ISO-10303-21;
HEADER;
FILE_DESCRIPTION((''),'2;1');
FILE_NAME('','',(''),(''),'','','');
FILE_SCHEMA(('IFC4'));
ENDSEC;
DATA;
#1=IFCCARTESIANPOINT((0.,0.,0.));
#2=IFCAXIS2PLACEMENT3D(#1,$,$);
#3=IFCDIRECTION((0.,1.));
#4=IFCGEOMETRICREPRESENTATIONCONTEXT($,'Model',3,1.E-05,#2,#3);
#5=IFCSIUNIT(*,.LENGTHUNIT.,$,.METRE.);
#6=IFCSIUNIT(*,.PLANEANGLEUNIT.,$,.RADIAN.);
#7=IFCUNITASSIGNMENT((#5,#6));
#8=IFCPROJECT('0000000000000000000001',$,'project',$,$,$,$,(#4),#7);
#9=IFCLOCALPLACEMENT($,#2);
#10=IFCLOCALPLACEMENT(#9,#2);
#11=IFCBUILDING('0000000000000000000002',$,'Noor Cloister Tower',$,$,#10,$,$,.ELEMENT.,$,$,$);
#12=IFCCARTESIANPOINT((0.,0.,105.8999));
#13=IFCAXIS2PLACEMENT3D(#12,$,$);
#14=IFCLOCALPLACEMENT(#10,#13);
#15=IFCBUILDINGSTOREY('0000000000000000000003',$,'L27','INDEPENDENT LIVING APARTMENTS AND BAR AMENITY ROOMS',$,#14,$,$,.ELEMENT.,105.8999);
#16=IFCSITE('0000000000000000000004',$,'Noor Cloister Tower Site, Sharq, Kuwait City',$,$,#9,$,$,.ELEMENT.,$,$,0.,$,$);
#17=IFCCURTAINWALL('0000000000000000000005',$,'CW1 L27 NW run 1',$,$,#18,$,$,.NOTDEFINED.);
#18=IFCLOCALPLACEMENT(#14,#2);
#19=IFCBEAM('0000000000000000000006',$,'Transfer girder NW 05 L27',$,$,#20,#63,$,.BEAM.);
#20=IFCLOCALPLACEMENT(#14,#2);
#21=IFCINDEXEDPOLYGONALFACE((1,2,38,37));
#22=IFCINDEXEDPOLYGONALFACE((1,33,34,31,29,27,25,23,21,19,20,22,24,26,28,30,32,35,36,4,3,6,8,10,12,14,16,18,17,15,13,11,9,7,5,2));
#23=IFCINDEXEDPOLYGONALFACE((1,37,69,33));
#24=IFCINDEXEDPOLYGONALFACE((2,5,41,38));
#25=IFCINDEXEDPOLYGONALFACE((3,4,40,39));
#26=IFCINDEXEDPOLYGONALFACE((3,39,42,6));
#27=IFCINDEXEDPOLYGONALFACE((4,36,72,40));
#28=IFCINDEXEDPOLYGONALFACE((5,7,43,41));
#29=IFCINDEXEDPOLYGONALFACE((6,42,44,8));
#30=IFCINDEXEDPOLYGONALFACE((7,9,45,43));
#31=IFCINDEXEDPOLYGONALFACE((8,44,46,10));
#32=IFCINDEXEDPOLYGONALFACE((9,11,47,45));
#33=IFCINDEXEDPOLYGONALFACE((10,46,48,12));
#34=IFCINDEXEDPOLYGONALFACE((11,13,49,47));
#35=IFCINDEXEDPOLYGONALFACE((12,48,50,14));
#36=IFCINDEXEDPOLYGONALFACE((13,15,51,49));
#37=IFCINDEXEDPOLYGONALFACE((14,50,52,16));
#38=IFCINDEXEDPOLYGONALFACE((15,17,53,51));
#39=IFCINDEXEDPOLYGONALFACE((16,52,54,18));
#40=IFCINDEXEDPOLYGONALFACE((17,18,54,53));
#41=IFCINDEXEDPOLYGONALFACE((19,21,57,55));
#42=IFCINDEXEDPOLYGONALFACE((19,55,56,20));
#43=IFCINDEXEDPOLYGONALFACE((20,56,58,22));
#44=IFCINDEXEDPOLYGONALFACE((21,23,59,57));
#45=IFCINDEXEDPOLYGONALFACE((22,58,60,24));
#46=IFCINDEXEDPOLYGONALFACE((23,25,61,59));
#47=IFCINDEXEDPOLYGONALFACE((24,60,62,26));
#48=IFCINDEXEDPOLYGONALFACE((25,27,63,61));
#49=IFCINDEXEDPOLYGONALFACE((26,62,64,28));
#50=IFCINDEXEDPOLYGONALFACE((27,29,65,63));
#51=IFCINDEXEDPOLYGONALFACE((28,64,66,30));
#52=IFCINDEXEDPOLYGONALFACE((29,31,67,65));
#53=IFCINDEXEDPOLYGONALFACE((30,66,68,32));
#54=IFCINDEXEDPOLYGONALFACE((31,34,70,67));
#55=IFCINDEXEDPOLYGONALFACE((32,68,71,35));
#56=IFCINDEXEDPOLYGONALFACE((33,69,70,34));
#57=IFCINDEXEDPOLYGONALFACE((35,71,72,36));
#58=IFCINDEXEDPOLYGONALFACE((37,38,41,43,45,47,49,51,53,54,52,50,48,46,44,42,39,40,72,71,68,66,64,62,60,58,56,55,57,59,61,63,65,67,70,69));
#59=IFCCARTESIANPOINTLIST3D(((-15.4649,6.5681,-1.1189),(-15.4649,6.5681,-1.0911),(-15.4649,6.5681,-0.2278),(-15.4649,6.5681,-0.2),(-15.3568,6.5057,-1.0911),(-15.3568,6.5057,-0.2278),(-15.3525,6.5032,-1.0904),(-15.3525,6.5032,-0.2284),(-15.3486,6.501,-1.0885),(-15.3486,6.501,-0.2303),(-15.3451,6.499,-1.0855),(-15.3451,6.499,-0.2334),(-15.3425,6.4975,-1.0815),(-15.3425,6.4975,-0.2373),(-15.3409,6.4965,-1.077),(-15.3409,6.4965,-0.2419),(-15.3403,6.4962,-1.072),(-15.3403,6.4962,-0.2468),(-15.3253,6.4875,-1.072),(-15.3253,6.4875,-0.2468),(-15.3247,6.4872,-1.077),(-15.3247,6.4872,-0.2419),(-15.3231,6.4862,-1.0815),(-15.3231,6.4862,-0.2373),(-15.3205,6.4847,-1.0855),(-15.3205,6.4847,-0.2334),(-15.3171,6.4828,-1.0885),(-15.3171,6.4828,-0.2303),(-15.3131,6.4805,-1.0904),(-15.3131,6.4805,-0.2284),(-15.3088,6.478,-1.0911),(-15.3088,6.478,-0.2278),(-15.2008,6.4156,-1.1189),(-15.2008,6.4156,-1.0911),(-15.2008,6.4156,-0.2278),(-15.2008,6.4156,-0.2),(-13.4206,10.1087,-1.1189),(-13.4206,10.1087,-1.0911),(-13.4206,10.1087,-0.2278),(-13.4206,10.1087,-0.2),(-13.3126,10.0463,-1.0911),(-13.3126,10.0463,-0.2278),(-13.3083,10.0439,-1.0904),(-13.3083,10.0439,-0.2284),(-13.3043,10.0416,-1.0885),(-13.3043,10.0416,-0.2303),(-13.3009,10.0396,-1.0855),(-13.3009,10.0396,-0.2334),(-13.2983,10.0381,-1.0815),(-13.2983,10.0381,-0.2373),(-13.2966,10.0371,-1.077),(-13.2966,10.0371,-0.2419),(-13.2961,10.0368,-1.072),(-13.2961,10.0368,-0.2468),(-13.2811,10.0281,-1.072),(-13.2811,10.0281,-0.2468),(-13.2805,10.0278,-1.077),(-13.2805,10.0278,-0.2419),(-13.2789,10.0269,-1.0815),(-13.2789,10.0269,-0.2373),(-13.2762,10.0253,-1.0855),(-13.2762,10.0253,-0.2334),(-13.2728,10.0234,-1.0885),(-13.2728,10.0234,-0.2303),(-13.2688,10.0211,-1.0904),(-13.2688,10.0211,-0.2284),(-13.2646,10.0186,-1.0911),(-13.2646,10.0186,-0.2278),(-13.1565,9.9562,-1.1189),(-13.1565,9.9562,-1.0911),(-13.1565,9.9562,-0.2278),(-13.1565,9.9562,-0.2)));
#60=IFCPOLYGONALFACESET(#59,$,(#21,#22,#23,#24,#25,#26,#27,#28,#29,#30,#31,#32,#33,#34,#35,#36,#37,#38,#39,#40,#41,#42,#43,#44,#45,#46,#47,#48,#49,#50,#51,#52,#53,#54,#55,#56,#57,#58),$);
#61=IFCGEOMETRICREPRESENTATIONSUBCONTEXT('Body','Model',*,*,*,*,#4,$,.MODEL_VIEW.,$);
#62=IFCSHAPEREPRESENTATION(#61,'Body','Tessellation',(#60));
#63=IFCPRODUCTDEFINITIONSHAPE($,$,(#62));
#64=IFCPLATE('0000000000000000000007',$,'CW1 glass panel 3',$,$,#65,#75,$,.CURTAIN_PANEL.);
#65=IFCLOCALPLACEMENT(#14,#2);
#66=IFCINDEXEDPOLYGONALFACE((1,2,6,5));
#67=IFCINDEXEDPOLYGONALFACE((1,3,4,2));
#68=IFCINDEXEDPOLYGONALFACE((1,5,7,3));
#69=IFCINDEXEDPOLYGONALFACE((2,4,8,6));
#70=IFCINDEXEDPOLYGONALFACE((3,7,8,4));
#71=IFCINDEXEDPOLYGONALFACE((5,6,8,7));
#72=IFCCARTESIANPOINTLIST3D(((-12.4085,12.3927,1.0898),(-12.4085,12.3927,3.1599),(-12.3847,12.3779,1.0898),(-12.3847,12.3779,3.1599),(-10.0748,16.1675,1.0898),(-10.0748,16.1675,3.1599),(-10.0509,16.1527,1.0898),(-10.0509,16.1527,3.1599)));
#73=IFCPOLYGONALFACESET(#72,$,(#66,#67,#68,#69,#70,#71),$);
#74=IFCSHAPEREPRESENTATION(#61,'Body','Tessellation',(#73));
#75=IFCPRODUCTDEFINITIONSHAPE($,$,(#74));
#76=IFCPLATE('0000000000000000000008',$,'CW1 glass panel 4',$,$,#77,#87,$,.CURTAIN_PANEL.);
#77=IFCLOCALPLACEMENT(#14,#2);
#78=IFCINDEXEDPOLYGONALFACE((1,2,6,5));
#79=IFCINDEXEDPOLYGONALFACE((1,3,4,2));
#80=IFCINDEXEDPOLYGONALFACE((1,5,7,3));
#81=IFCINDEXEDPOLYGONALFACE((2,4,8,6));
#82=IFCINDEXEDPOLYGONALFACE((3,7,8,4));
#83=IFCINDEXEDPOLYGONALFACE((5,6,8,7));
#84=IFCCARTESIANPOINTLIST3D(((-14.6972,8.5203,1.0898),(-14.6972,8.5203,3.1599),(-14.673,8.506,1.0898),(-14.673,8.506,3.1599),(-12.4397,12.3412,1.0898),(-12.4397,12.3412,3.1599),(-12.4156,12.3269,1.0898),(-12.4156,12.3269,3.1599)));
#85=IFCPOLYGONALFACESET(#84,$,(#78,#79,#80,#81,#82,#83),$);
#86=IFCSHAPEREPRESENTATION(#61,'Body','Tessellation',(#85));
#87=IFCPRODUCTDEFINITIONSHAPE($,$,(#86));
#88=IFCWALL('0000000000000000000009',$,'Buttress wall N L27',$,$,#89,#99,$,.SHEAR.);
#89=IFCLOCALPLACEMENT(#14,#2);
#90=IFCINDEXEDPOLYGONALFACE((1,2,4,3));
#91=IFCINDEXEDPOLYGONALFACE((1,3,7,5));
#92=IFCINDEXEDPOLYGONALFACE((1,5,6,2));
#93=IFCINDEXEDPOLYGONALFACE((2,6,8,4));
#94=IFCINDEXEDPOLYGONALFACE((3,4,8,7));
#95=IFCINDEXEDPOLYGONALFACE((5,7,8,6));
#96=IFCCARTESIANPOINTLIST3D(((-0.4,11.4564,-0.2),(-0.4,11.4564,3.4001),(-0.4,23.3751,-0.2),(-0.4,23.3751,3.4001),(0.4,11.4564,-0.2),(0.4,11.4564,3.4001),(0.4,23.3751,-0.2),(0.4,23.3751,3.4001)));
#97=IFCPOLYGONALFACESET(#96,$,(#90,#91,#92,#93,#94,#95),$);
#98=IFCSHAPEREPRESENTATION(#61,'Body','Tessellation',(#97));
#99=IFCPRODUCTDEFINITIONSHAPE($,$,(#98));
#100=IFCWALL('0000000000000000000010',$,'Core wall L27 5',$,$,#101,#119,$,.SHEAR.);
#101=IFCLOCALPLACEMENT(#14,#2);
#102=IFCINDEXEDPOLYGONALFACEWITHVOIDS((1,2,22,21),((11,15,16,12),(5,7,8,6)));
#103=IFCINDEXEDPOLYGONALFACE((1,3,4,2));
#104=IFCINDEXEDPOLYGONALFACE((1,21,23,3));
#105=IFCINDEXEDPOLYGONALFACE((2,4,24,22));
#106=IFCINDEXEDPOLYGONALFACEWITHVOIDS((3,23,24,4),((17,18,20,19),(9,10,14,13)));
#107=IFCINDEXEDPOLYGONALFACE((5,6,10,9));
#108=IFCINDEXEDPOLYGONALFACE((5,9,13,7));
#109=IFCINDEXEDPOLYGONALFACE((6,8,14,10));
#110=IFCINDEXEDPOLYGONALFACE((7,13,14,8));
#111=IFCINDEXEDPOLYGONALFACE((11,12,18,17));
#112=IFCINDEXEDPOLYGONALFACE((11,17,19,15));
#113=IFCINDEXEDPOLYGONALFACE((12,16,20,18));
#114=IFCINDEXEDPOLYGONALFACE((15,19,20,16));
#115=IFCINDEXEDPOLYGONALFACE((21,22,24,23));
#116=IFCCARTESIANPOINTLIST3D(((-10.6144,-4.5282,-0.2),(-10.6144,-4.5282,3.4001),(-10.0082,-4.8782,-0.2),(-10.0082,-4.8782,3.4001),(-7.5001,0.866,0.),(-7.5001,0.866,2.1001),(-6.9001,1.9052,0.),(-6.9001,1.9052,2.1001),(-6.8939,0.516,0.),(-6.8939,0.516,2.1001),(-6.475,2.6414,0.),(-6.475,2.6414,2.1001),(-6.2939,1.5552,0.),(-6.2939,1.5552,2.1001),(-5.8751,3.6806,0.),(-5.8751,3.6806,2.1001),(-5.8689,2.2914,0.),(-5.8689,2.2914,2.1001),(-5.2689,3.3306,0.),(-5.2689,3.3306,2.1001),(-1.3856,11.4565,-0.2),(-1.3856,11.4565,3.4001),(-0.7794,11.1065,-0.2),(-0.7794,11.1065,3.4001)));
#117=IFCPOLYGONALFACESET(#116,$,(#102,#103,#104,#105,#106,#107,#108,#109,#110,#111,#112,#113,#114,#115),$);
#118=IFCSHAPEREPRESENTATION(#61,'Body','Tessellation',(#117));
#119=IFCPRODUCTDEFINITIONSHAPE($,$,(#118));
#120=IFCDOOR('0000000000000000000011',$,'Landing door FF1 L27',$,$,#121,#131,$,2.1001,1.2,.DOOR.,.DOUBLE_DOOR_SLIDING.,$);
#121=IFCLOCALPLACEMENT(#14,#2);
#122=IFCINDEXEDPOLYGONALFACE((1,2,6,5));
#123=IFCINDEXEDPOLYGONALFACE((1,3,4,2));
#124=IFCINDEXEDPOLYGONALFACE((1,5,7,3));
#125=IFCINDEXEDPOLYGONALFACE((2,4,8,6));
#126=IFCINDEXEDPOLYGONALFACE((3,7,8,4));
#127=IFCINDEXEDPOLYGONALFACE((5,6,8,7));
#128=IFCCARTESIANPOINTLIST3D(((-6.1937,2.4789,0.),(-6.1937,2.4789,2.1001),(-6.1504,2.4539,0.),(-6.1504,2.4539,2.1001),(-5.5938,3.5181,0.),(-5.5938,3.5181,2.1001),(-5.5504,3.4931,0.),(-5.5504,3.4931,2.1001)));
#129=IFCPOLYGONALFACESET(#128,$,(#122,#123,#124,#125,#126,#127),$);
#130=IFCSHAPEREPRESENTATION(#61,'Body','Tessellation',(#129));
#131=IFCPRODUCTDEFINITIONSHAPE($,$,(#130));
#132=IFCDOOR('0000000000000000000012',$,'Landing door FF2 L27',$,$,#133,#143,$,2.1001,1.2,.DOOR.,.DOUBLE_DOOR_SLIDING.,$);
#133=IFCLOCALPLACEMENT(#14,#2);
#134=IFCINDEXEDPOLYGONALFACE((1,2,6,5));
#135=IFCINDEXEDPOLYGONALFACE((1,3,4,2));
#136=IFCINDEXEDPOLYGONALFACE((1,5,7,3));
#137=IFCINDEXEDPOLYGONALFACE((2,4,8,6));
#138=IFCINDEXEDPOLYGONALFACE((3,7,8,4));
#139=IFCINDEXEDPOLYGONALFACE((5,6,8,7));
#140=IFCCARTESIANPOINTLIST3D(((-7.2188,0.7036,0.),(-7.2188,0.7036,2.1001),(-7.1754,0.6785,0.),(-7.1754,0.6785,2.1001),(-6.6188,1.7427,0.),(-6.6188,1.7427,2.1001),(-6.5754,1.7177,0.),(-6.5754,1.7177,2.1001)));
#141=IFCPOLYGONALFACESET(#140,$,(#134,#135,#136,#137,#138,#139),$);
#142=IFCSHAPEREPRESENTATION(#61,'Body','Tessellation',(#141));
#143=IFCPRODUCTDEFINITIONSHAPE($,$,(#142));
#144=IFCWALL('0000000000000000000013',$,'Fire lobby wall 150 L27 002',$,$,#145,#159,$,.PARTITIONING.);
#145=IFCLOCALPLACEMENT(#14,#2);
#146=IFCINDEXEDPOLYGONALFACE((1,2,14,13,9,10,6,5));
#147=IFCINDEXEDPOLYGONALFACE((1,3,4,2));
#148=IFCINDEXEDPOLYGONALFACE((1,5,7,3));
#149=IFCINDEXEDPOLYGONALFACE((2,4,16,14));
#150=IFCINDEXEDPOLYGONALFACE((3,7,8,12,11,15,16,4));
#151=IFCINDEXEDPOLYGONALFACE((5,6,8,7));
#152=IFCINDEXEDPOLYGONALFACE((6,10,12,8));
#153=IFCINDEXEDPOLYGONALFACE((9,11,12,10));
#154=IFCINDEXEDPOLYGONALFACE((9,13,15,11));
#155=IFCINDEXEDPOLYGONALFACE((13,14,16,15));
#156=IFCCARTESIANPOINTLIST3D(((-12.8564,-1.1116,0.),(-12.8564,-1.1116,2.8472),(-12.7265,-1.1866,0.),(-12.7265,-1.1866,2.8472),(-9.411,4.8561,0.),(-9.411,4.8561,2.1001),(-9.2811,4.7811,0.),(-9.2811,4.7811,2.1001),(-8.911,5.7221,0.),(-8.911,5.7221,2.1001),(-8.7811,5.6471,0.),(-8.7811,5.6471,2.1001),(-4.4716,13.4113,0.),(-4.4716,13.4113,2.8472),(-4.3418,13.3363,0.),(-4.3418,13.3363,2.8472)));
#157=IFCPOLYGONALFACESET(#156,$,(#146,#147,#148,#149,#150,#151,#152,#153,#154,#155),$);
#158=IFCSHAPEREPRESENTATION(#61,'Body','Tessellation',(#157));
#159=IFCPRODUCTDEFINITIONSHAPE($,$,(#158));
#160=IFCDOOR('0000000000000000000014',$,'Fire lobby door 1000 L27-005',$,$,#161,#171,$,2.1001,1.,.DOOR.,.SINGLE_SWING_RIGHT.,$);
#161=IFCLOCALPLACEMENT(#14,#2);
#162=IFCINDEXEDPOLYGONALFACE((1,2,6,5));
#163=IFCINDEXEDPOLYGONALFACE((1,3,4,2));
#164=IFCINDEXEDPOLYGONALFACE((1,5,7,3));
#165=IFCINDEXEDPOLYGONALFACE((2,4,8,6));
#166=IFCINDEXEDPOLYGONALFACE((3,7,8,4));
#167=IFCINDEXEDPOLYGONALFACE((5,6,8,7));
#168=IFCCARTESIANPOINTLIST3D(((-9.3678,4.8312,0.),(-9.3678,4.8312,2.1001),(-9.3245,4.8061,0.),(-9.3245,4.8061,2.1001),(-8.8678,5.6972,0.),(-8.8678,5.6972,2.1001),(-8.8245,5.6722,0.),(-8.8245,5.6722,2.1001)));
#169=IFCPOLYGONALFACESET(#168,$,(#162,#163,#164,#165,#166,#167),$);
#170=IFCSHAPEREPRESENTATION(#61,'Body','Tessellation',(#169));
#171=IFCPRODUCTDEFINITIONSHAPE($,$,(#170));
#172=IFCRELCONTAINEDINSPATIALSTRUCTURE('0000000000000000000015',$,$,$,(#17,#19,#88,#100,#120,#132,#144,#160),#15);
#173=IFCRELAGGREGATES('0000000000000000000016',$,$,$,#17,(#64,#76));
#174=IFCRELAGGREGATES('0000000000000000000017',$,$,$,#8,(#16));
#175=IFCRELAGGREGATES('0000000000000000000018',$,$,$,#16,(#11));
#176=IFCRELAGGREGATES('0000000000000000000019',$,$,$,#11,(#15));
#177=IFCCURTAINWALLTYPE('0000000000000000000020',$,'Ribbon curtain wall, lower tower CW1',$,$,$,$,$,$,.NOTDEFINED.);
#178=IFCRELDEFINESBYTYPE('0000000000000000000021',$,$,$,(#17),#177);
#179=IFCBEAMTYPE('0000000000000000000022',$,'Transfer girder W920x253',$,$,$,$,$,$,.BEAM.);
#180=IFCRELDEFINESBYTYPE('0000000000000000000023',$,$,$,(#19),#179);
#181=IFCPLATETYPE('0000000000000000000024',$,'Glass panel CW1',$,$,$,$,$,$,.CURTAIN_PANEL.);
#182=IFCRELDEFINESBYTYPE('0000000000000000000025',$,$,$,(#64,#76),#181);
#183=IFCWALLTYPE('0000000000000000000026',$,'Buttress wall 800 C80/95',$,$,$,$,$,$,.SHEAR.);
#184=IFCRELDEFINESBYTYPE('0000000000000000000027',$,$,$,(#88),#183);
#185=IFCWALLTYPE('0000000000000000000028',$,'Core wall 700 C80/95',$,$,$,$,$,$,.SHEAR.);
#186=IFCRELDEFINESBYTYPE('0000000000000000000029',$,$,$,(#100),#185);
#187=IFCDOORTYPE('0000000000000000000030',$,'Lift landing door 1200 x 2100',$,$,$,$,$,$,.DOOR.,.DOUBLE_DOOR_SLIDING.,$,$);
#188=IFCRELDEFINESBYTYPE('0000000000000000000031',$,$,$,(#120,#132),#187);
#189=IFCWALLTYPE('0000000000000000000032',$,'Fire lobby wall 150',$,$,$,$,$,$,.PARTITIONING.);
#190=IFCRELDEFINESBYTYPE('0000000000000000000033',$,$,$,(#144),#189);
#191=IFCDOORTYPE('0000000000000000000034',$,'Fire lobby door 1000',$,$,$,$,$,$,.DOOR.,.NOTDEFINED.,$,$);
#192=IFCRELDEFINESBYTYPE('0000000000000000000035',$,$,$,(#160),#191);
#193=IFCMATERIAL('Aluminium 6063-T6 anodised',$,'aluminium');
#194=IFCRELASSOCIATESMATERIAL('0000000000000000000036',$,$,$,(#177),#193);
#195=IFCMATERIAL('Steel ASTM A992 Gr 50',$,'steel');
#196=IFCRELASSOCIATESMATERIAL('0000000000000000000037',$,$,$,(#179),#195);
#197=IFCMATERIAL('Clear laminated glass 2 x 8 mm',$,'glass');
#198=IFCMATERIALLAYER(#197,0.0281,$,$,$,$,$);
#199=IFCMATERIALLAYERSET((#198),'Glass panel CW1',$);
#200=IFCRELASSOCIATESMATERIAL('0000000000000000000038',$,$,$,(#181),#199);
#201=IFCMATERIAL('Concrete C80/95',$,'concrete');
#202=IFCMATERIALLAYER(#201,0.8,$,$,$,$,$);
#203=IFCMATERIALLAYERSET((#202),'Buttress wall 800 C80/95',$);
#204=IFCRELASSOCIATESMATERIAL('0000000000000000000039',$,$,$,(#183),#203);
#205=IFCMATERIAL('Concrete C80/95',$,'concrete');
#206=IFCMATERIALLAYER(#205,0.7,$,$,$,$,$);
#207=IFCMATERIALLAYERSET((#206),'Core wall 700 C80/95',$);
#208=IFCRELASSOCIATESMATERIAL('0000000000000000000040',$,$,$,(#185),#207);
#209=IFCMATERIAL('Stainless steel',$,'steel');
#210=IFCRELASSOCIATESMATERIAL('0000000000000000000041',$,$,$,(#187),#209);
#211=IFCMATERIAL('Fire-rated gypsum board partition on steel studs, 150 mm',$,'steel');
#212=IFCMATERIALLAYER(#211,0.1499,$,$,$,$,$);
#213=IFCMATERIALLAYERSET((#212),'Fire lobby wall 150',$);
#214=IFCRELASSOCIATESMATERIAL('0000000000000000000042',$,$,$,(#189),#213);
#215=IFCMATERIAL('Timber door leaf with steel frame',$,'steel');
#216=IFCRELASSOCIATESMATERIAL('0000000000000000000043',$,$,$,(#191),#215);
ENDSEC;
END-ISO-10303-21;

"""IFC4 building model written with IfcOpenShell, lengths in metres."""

from ifc_helpers import new_model, si_unit, direction, frame, frame_2d, origin, origin_2d, place, context, subcontext, project, spatial, rectangle, i_section, extrude, material, layer, layer_set, material_profile, profile_set, type_object, element, fill, aggregate, save


model = new_model("IFC4")

# Units and contexts
model_context = context("Model", 3, precision=1e-05, world=origin(), true_north=direction((0.0, 1.0)))
body_context = subcontext(model_context, "Body", "Model", "MODEL_VIEW")
ifc_project = project(units=[si_unit("LENGTHUNIT", "METRE"), si_unit("PLANEANGLEUNIT", "RADIAN")], contexts=[model_context])

# Site, building, storey
site_placement = place(None, origin())
site = spatial("IfcSite", under=ifc_project, at=site_placement, Name="Noor Cloister Tower Site, Sharq, Kuwait City", CompositionType="ELEMENT", RefElevation=0.0)
building_placement = place(site_placement, origin())
building = spatial("IfcBuilding", under=site, at=building_placement, Name="Noor Cloister Tower", CompositionType="ELEMENT")
storey_placement = place(building_placement, frame((0.0, 0.0, 105.8999)))
storey = spatial("IfcBuildingStorey", under=building, at=storey_placement, Name="L27", Description="INDEPENDENT LIVING APARTMENTS AND BAR AMENITY ROOMS", CompositionType="ELEMENT", Elevation=105.8999)

# Curtain wall
ifc_material_1 = material(Name="Aluminium 6063-T6 anodised", Category="aluminium")
curtain_wall_type = type_object("IfcCurtainWallType", Name="Ribbon curtain wall, lower tower CW1", PredefinedType="NOTDEFINED", material=ifc_material_1)
curtain_wall_placement = place(storey_placement, origin())
curtain_wall = element("IfcCurtainWall", 1, at=curtain_wall_placement, inside=storey, type_object=curtain_wall_type, Name="CW1 L27 NW run 1", PredefinedType="NOTDEFINED")

# Beam
ifc_material_2 = material(Name="Steel ASTM A992 Gr 50", Category="steel")
ifc_material_profile_1 = material_profile(ifc_material_2, i_section(OverallWidth=0.3049, OverallDepth=0.9189, WebThickness=0.0173, FlangeThickness=0.0278, FilletRadius=0.019, at=origin_2d()), Name="W920x253")
ifc_profile_set_1 = profile_set([ifc_material_profile_1], Name="Steel ASTM A992 Gr 50")
beam_type_1 = type_object("IfcBeamType", Name="Transfer girder W920x253", PredefinedType="BEAM", material=ifc_profile_set_1)
beam_1_placement = place(storey_placement, frame((-13.2886, 10.0325, -0.6594), z_axis=(-0.500012, -0.866019, 0.0), x_axis=(0.866019, -0.500012, 0.0)))
element("IfcBeam", 2, at=beam_1_placement, inside=storey, type_object=beam_type_1, Name="Transfer girder NW 05 L27", PredefinedType="BEAM", context=body_context, shape_type="SweptSolid", body=[
    extrude(i_section(OverallWidth=0.3049, OverallDepth=0.9189, WebThickness=0.0173, FlangeThickness=0.0278, FilletRadius=0.019, at=origin_2d()), origin(), (0.0, 0.0, 1.0), 4.0884),
])

# Plates
ifc_material_3 = material(Name="Clear laminated glass 2 x 8 mm", Category="glass")
ifc_layer_1 = layer(ifc_material_3, 0.0281)
ifc_layer_set_1 = layer_set([ifc_layer_1], Name="Glass panel CW1")
plate_type = type_object("IfcPlateType", Name="Glass panel CW1", PredefinedType="CURTAIN_PANEL", material=ifc_layer_set_1)
plate_1_placement = place(storey_placement, frame((-11.2297, 14.2727, 1.0898), z_axis=(0.0, 0.0, 1.0), x_axis=(-0.525852, -0.850576, 0.0)))
plate_1 = element("IfcPlate", 3, at=plate_1_placement, type_object=plate_type, Name="CW1 glass panel 3", PredefinedType="CURTAIN_PANEL", context=body_context, shape_type="SweptSolid", body=[
    extrude(rectangle(XDim=4.438, YDim=0.0281, at=origin_2d()), origin(), (0.0, 0.0, 1.0), 2.0701),
])
plate_2_placement = place(storey_placement, frame((-13.5564, 10.4236, 1.0898), z_axis=(0.0, 0.0, 1.0), x_axis=(-0.508669, -0.860962, 0.0)))
plate_2 = element("IfcPlate", 4, at=plate_2_placement, type_object=plate_type, Name="CW1 glass panel 4", PredefinedType="CURTAIN_PANEL", context=body_context, shape_type="SweptSolid", body=[
    extrude(rectangle(XDim=4.438, YDim=0.0281, at=origin_2d()), origin(), (0.0, 0.0, 1.0), 2.0701),
])
aggregate(curtain_wall, [plate_1, plate_2])

# Wall
ifc_material_4 = material(Name="Concrete C80/95", Category="concrete")
ifc_layer_2 = layer(ifc_material_4, 0.8)
ifc_layer_set_2 = layer_set([ifc_layer_2], Name="Buttress wall 800 C80/95")
wall_type_1 = type_object("IfcWallType", Name="Buttress wall 800 C80/95", PredefinedType="SHEAR", material=ifc_layer_set_2)
wall_1_placement = place(storey_placement, frame((0.0, 11.4563, -0.2), z_axis=(0.0, 0.0, 1.0), x_axis=(0.0, 1.0, 0.0)))
element("IfcWall", 5, at=wall_1_placement, inside=storey, type_object=wall_type_1, Name="Buttress wall N L27", PredefinedType="SHEAR", context=body_context, shape_type="SweptSolid", body=[
    extrude(rectangle(XDim=11.9187, YDim=0.8, at=frame_2d((5.9595, 0.0))), origin(), (0.0, 0.0, 1.0), 3.6001),
])

# Wall, openings, doors
ifc_material_5 = material(Name="Concrete C80/95", Category="concrete")
ifc_layer_3 = layer(ifc_material_5, 0.7)
ifc_layer_set_3 = layer_set([ifc_layer_3], Name="Core wall 700 C80/95")
wall_type_2 = type_object("IfcWallType", Name="Core wall 700 C80/95", PredefinedType="SHEAR", material=ifc_layer_set_3)
wall_2_placement = place(storey_placement, frame((-1.0825, 11.2815, -0.2), z_axis=(0.0, 0.0, 1.0), x_axis=(-0.500001, -0.866025, 0.0)))
wall_2 = element("IfcWall", 6, at=wall_2_placement, inside=storey, type_object=wall_type_2, Name="Core wall L27 5", PredefinedType="SHEAR", context=body_context, shape_type="SweptSolid", body=[
    extrude(rectangle(XDim=18.4575, YDim=0.7, at=frame_2d((9.2288, 0.0))), origin(), (0.0, 0.0, 1.0), 3.6001),
])
opening_1_placement = place(wall_2_placement, frame((8.9788, 0.0, 0.2)))
opening_1 = element("IfcOpeningElement", 7, at=opening_1_placement, cuts=wall_2, PredefinedType="OPENING", context=body_context, shape_type="SweptSolid", body=[
    extrude(rectangle(XDim=1.2, YDim=2.1001, at=frame_2d((0.6001, 1.05))), frame((0.0, 0.3599, 0.0), z_axis=(0.0, -1.0, 0.0), x_axis=(1.0, 0.0, 0.0)), (0.0, 0.0, 1.0), 0.72),
])
opening_2_placement = place(wall_2_placement, frame((11.0288, 0.0, 0.2)))
opening_2 = element("IfcOpeningElement", 8, at=opening_2_placement, cuts=wall_2, PredefinedType="OPENING", context=body_context, shape_type="SweptSolid", body=[
    extrude(rectangle(XDim=1.2, YDim=2.1001, at=frame_2d((0.6001, 1.05))), frame((0.0, 0.3599, 0.0), z_axis=(0.0, -1.0, 0.0), x_axis=(1.0, 0.0, 0.0)), (0.0, 0.0, 1.0), 0.72),
])
ifc_material_6 = material(Name="Stainless steel", Category="steel")
door_type_1 = type_object("IfcDoorType", Name="Lift landing door 1200 x 2100", OperationType="DOUBLE_DOOR_SLIDING", PredefinedType="DOOR", material=ifc_material_6)
door_1_placement = place(opening_1_placement, origin())
door_1 = element("IfcDoor", 9, at=door_1_placement, inside=storey, type_object=door_type_1, Name="Landing door FF1 L27", OperationType="DOUBLE_DOOR_SLIDING", OverallHeight=2.1001, OverallWidth=1.2, PredefinedType="DOOR", context=body_context, shape_type="SweptSolid", body=[
    extrude(rectangle(XDim=1.2, YDim=2.1001, at=frame_2d((0.6001, 1.05))), frame((0.0, 0.0249, 0.0), z_axis=(0.0, -1.0, 0.0), x_axis=(1.0, 0.0, 0.0)), (0.0, 0.0, 1.0), 0.05),
])
fill(opening_1, door_1)
door_2_placement = place(opening_2_placement, origin())
door_2 = element("IfcDoor", 10, at=door_2_placement, inside=storey, type_object=door_type_1, Name="Landing door FF2 L27", OperationType="DOUBLE_DOOR_SLIDING", OverallHeight=2.1001, OverallWidth=1.2, PredefinedType="DOOR", context=body_context, shape_type="SweptSolid", body=[
    extrude(rectangle(XDim=1.2, YDim=2.1001, at=frame_2d((0.6001, 1.05))), frame((0.0, 0.0249, 0.0), z_axis=(0.0, -1.0, 0.0), x_axis=(1.0, 0.0, 0.0)), (0.0, 0.0, 1.0), 0.05),
])
fill(opening_2, door_2)

# Wall, opening, door
ifc_material_7 = material(Name="Fire-rated gypsum board partition on steel studs, 150 mm", Category="steel")
ifc_layer_4 = layer(ifc_material_7, 0.1499)
ifc_layer_set_4 = layer_set([ifc_layer_4], Name="Fire lobby wall 150")
wall_type_3 = type_object("IfcWallType", Name="Fire lobby wall 150", PredefinedType="PARTITIONING", material=ifc_layer_set_4)
wall_3_placement = place(storey_placement, frame((-4.4067, 13.3738, 0.0), z_axis=(0.0, 0.0, 1.0), x_axis=(-0.499997, -0.866027, 0.0)))
wall_3 = element("IfcWall", 11, at=wall_3_placement, inside=storey, type_object=wall_type_3, Name="Fire lobby wall 150 L27 002", PredefinedType="PARTITIONING", context=body_context, shape_type="SweptSolid", body=[
    extrude(rectangle(XDim=16.7695, YDim=0.1499, at=frame_2d((8.3848, 0.0))), origin(), (0.0, 0.0, 1.0), 2.8472),
])
opening_3_placement = place(wall_3_placement, frame((8.8787, 0.0, 0.0)))
opening_3 = element("IfcOpeningElement", 12, at=opening_3_placement, cuts=wall_3, PredefinedType="OPENING", context=body_context, shape_type="SweptSolid", body=[
    extrude(rectangle(XDim=1.0, YDim=2.1001, at=frame_2d((0.5, 1.05))), frame((0.0, 0.085, 0.0), z_axis=(0.0, -1.0, 0.0), x_axis=(1.0, 0.0, 0.0)), (0.0, 0.0, 1.0), 0.1699),
])
ifc_material_8 = material(Name="Timber door leaf with steel frame", Category="steel")
door_type_2 = type_object("IfcDoorType", Name="Fire lobby door 1000", OperationType="NOTDEFINED", PredefinedType="DOOR", material=ifc_material_8)
door_3_placement = place(opening_3_placement, origin())
door_3 = element("IfcDoor", 13, at=door_3_placement, inside=storey, type_object=door_type_2, Name="Fire lobby door 1000 L27-005", OperationType="SINGLE_SWING_RIGHT", OverallHeight=2.1001, OverallWidth=1.0, PredefinedType="DOOR", context=body_context, shape_type="SweptSolid", body=[
    extrude(rectangle(XDim=1.0, YDim=2.1001, at=frame_2d((0.5, 1.05))), frame((0.0, 0.0249, 0.0), z_axis=(0.0, -1.0, 0.0), x_axis=(1.0, 0.0, 0.0)), (0.0, 0.0, 1.0), 0.05),
])
fill(opening_3, door_3)

save(model, "model.ifc")
